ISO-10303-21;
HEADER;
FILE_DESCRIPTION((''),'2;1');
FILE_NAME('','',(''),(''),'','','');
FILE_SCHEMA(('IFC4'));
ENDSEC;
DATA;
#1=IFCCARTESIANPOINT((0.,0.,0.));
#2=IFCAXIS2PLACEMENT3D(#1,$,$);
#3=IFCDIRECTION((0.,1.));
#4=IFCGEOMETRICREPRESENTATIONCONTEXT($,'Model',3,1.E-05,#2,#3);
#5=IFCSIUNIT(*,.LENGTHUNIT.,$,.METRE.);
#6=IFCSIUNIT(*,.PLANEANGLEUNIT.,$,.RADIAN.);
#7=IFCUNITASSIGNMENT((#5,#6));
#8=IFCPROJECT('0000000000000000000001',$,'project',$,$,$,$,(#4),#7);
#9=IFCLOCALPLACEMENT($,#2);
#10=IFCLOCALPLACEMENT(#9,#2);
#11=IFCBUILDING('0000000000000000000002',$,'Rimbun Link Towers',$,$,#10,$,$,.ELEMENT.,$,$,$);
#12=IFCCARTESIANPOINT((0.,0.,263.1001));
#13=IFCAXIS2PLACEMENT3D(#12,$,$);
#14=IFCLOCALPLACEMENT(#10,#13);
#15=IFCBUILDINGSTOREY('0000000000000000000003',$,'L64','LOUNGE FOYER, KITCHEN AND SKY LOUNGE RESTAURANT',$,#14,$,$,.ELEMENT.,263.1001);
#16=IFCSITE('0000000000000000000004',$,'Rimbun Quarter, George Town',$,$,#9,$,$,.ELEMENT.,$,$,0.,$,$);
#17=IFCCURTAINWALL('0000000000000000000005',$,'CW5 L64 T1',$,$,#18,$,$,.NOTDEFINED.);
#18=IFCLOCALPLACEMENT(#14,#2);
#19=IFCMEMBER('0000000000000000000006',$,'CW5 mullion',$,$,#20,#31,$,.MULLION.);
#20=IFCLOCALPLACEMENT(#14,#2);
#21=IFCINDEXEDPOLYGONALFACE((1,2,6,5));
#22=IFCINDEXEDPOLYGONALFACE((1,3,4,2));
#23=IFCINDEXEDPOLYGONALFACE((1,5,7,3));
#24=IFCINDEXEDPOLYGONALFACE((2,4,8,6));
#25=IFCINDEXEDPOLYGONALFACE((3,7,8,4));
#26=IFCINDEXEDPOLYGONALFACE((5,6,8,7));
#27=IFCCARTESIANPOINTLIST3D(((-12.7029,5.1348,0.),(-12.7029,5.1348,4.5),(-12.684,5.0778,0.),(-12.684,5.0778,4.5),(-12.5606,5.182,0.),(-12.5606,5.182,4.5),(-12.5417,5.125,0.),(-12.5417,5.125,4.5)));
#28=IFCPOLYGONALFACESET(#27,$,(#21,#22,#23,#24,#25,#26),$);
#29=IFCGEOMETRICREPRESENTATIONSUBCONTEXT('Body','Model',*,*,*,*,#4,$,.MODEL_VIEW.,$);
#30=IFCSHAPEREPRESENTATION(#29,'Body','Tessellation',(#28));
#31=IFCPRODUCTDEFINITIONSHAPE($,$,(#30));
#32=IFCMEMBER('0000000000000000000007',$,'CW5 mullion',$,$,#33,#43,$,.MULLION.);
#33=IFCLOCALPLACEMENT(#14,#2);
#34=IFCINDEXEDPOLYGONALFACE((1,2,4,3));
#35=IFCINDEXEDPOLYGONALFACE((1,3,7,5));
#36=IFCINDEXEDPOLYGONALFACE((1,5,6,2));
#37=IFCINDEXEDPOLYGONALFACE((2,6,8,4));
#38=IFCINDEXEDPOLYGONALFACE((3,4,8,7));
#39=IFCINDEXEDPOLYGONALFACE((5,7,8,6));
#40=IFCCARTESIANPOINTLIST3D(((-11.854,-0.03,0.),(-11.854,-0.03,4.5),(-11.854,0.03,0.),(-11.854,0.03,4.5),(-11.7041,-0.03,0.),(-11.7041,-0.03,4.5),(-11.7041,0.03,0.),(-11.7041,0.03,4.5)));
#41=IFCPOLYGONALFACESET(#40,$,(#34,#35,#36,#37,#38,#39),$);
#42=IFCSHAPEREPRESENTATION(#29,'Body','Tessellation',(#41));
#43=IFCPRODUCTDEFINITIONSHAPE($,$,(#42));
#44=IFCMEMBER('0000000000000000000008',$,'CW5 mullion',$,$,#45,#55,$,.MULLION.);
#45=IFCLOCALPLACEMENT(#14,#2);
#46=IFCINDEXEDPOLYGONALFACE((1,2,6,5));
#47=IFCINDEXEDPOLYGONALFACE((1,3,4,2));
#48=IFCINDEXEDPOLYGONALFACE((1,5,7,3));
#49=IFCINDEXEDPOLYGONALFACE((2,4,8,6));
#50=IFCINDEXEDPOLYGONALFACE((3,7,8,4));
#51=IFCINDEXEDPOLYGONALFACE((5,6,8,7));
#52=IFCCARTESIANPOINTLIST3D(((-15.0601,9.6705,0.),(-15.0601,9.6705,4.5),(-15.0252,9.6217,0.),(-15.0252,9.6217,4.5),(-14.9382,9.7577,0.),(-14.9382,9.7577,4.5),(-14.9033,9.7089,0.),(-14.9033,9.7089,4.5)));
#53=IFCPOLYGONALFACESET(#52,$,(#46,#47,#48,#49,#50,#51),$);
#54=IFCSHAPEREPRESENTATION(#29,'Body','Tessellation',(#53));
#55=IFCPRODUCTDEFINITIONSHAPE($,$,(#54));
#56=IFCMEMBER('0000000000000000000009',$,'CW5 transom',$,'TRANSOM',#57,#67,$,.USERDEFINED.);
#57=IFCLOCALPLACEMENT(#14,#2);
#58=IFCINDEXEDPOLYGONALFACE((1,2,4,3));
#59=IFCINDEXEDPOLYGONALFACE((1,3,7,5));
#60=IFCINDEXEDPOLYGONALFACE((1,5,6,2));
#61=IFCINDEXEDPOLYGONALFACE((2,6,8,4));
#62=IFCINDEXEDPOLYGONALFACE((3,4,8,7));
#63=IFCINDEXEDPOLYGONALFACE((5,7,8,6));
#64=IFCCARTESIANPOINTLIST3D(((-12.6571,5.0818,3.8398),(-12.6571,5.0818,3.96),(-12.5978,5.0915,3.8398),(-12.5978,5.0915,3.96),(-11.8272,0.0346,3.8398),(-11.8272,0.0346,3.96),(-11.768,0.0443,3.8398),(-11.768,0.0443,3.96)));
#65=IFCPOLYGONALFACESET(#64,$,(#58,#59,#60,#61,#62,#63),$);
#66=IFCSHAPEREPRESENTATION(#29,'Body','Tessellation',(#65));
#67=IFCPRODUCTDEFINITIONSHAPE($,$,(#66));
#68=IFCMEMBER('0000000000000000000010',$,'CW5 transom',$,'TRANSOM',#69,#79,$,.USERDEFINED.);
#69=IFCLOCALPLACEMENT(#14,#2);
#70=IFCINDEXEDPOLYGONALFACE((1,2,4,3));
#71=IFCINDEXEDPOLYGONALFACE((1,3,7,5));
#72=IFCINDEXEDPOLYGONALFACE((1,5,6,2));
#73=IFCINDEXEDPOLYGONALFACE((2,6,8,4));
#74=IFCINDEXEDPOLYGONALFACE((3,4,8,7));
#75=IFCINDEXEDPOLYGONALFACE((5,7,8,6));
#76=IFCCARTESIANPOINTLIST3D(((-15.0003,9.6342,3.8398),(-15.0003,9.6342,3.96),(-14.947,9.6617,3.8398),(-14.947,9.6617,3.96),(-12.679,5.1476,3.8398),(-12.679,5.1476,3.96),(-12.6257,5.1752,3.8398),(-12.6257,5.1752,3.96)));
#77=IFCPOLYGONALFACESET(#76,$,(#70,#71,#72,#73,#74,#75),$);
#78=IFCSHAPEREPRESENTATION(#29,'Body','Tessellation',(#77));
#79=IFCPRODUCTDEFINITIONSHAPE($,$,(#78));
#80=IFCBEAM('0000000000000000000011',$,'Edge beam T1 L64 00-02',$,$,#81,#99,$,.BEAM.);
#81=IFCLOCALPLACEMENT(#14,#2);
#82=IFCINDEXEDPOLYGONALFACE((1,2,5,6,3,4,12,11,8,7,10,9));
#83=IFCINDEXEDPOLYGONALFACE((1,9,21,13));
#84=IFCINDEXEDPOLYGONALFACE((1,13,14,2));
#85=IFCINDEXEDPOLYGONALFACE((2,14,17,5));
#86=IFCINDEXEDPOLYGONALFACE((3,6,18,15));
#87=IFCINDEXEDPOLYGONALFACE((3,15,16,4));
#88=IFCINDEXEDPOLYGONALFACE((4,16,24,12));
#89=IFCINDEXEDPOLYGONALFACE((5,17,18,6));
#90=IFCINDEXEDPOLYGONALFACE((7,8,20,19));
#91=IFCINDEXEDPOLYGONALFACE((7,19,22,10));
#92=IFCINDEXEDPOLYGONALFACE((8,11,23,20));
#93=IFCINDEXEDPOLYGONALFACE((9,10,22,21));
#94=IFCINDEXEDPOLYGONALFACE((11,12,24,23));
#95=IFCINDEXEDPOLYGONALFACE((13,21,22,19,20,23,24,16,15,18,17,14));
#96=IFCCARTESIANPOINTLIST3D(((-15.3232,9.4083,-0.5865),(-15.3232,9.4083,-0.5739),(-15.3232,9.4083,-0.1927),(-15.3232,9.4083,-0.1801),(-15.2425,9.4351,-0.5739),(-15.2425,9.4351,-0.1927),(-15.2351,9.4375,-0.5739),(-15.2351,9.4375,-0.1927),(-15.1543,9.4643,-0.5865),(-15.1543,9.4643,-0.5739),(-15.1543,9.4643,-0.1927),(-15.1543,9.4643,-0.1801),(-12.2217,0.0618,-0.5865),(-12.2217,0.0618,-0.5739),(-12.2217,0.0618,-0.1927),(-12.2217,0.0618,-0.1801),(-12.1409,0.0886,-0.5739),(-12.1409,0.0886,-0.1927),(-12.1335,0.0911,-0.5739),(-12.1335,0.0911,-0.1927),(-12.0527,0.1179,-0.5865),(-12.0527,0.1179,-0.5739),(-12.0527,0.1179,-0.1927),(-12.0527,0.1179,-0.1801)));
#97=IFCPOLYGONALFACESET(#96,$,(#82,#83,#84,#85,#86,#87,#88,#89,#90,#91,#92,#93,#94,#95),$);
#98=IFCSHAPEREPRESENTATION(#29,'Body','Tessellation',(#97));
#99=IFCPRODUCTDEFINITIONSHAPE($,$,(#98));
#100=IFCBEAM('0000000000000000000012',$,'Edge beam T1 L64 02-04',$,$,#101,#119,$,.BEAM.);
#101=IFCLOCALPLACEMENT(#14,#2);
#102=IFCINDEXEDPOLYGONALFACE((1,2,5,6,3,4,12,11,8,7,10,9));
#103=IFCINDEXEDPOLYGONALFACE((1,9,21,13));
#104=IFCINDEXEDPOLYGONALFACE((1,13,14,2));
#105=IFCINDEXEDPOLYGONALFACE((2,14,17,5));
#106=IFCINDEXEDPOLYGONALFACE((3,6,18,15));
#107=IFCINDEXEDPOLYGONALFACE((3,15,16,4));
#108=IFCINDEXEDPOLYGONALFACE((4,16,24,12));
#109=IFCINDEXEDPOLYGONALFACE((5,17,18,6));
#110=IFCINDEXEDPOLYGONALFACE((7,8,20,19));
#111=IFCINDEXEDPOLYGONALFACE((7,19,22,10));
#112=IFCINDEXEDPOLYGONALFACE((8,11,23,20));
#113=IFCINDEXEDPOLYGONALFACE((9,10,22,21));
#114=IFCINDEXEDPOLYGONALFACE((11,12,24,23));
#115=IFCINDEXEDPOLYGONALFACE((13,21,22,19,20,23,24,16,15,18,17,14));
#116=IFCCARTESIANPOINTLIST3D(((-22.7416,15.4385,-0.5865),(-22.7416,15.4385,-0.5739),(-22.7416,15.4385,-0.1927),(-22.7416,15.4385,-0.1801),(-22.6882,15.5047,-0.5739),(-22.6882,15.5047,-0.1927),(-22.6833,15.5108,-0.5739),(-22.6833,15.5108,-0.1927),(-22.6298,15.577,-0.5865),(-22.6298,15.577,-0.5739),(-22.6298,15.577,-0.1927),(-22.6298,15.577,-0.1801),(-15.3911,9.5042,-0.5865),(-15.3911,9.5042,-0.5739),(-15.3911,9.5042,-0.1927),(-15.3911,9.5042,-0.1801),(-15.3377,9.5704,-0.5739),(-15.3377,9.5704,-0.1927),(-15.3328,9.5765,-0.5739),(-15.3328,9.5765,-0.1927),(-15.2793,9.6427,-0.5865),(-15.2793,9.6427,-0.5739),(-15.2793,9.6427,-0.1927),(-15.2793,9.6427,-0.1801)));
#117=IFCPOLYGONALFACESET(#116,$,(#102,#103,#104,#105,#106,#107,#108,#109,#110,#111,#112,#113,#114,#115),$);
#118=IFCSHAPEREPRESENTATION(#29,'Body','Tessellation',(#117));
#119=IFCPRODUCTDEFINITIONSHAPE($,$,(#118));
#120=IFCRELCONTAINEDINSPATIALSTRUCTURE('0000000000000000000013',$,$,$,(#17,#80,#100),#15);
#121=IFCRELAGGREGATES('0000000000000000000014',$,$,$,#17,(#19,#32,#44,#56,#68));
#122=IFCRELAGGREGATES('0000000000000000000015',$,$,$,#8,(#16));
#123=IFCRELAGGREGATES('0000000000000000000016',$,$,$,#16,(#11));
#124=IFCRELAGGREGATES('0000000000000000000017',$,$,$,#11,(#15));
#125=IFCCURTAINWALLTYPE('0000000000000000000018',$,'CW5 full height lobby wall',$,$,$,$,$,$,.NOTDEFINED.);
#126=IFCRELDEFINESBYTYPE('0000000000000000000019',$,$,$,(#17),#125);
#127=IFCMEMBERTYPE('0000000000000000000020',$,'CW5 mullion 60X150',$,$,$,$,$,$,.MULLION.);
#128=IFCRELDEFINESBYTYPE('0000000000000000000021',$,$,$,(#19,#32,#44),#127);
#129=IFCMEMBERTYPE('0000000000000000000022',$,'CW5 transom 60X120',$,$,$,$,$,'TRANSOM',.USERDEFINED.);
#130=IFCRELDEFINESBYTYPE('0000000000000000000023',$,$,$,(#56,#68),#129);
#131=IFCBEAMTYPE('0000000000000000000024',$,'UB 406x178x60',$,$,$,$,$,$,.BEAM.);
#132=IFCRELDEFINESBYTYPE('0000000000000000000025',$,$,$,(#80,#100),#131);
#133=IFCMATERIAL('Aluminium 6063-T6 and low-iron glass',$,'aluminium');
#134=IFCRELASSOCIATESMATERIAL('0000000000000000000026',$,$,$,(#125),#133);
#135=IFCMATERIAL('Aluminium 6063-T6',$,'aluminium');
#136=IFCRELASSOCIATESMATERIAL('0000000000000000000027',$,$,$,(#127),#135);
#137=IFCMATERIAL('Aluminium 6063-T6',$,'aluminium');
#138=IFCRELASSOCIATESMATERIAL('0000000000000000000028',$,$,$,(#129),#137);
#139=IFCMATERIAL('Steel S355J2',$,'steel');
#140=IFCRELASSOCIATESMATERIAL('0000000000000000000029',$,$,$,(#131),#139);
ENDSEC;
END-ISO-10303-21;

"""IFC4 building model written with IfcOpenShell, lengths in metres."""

from ifc_helpers import new_model, si_unit, direction, frame, origin, origin_2d, place, context, subcontext, project, spatial, rectangle, i_section, extrude, material, material_profile, profile_set, type_object, element, aggregate, save


model = new_model("IFC4")

# Units and contexts
model_context = context("Model", 3, precision=1e-05, world=origin(), true_north=direction((0.0, 1.0)))
body_context = subcontext(model_context, "Body", "Model", "MODEL_VIEW")
ifc_project = project(units=[si_unit("LENGTHUNIT", "METRE"), si_unit("PLANEANGLEUNIT", "RADIAN")], contexts=[model_context])

# Site, building, storey
site_placement = place(None, origin())
site = spatial("IfcSite", under=ifc_project, at=site_placement, Name="Rimbun Quarter, George Town", CompositionType="ELEMENT", RefElevation=0.0)
building_placement = place(site_placement, origin())
building = spatial("IfcBuilding", under=site, at=building_placement, Name="Rimbun Link Towers", CompositionType="ELEMENT")
storey_placement = place(building_placement, frame((0.0, 0.0, 263.1001)))
storey = spatial("IfcBuildingStorey", under=building, at=storey_placement, Name="L64", Description="LOUNGE FOYER, KITCHEN AND SKY LOUNGE RESTAURANT", CompositionType="ELEMENT", Elevation=263.1001)

# Curtain wall, members
ifc_material_1 = material(Name="Aluminium 6063-T6 and low-iron glass", Category="aluminium")
curtain_wall_type = type_object("IfcCurtainWallType", Name="CW5 full height lobby wall", PredefinedType="NOTDEFINED", material=ifc_material_1)
curtain_wall_placement = place(storey_placement, origin())
curtain_wall = element("IfcCurtainWall", 1, at=curtain_wall_placement, inside=storey, type_object=curtain_wall_type, Name="CW5 L64 T1", PredefinedType="NOTDEFINED")
ifc_material_2 = material(Name="Aluminium 6063-T6", Category="aluminium")
ifc_material_profile_1 = material_profile(ifc_material_2, rectangle(XDim=0.1499, YDim=0.0601, at=origin_2d()), Name="MULLION 60X150")
ifc_profile_set_1 = profile_set([ifc_material_profile_1], Name="Aluminium 6063-T6")
member_type_1 = type_object("IfcMemberType", Name="CW5 mullion 60X150", PredefinedType="MULLION", material=ifc_profile_set_1)
member_1_placement = place(storey_placement, frame((-12.6223, 5.1299, 0.0), z_axis=(0.0, 0.0, 1.0), x_axis=(0.949163, 0.314784, 0.0)))
member_1 = element("IfcMember", 2, at=member_1_placement, type_object=member_type_1, Name="CW5 mullion", PredefinedType="MULLION", context=body_context, shape_type="SweptSolid", body=[
    extrude(rectangle(XDim=0.1499, YDim=0.0601, at=origin_2d()), origin(), (0.0, 0.0, 1.0), 4.5),
])
member_2_placement = place(storey_placement, frame((-11.7791, 0.0, 0.0), z_axis=(0.0, 0.0, 1.0), x_axis=(1.0, 0.0, 0.0)))
member_2 = element("IfcMember", 3, at=member_2_placement, type_object=member_type_1, Name="CW5 mullion", PredefinedType="MULLION", context=body_context, shape_type="SweptSolid", body=[
    extrude(rectangle(XDim=0.1499, YDim=0.0601, at=origin_2d()), origin(), (0.0, 0.0, 1.0), 4.5),
])
member_3_placement = place(storey_placement, frame((-14.9817, 9.6897, 0.0), z_axis=(0.0, 0.0, 1.0), x_axis=(0.81335, 0.581775, 0.0)))
member_3 = element("IfcMember", 4, at=member_3_placement, type_object=member_type_1, Name="CW5 mullion", PredefinedType="MULLION", context=body_context, shape_type="SweptSolid", body=[
    extrude(rectangle(XDim=0.1499, YDim=0.0601, at=origin_2d()), origin(), (0.0, 0.0, 1.0), 4.5),
])
ifc_material_3 = material(Name="Aluminium 6063-T6", Category="aluminium")
ifc_material_profile_2 = material_profile(ifc_material_3, rectangle(XDim=0.0601, YDim=0.1201, at=origin_2d()), Name="TRANSOM 60X120")
ifc_profile_set_2 = profile_set([ifc_material_profile_2], Name="Aluminium 6063-T6")
member_type_2 = type_object("IfcMemberType", Name="CW5 transom 60X120", ElementType="TRANSOM", PredefinedType="USERDEFINED", material=ifc_profile_set_2)
member_4_placement = place(storey_placement, frame((-12.6274, 5.0867, 3.8999), z_axis=(0.162239, -0.986751, 0.0), x_axis=(0.986751, 0.162239, 0.0)))
member_4 = element("IfcMember", 5, at=member_4_placement, type_object=member_type_2, Name="CW5 transom", ObjectType="TRANSOM", PredefinedType="USERDEFINED", context=body_context, shape_type="SweptSolid", body=[
    extrude(rectangle(XDim=0.0601, YDim=0.1201, at=origin_2d()), origin(), (0.0, 0.0, 1.0), 5.115),
])
member_5_placement = place(storey_placement, frame((-14.9736, 9.6479, 3.8999), z_axis=(0.459524, -0.888165, 0.0), x_axis=(0.888165, 0.459524, 0.0)))
member_5 = element("IfcMember", 6, at=member_5_placement, type_object=member_type_2, Name="CW5 transom", ObjectType="TRANSOM", PredefinedType="USERDEFINED", context=body_context, shape_type="SweptSolid", body=[
    extrude(rectangle(XDim=0.0601, YDim=0.1201, at=origin_2d()), origin(), (0.0, 0.0, 1.0), 5.0515),
])

# Beams
ifc_material_4 = material(Name="Steel S355J2", Category="steel")
ifc_material_profile_3 = material_profile(ifc_material_4, i_section(OverallWidth=0.178, OverallDepth=0.4065, WebThickness=0.0078, FlangeThickness=0.0127, at=origin_2d()), Name="UB 406x178x60")
ifc_profile_set_3 = profile_set([ifc_material_profile_3], Name="Steel S355J2")
beam_type = type_object("IfcBeamType", Name="UB 406x178x60", PredefinedType="BEAM", material=ifc_profile_set_3)
beam_1_placement = place(storey_placement, frame((-12.1372, 0.0898, -0.3833), z_axis=(-0.314956, 0.949106, 0.0), x_axis=(-0.949106, -0.314956, 0.0)))
element("IfcBeam", 7, at=beam_1_placement, inside=storey, type_object=beam_type, Name="Edge beam T1 L64 00-02", PredefinedType="BEAM", context=body_context, shape_type="SweptSolid", body=[
    extrude(i_section(OverallWidth=0.178, OverallDepth=0.4065, WebThickness=0.0078, FlangeThickness=0.0127, at=origin_2d()), origin(), (0.0, 0.0, 1.0), 9.8477),
])
beam_2_placement = place(storey_placement, frame((-15.3352, 9.5735, -0.3833), z_axis=(-0.77808, 0.628165, 0.0), x_axis=(-0.628165, -0.77808, 0.0)))
element("IfcBeam", 8, at=beam_2_placement, inside=storey, type_object=beam_type, Name="Edge beam T1 L64 02-04", PredefinedType="BEAM", context=body_context, shape_type="SweptSolid", body=[
    extrude(i_section(OverallWidth=0.178, OverallDepth=0.4065, WebThickness=0.0078, FlangeThickness=0.0127, at=origin_2d()), origin(), (0.0, 0.0, 1.0), 9.447),
])

aggregate(curtain_wall, [member_1, member_2, member_3, member_4, member_5])

save(model, "model.ifc")
